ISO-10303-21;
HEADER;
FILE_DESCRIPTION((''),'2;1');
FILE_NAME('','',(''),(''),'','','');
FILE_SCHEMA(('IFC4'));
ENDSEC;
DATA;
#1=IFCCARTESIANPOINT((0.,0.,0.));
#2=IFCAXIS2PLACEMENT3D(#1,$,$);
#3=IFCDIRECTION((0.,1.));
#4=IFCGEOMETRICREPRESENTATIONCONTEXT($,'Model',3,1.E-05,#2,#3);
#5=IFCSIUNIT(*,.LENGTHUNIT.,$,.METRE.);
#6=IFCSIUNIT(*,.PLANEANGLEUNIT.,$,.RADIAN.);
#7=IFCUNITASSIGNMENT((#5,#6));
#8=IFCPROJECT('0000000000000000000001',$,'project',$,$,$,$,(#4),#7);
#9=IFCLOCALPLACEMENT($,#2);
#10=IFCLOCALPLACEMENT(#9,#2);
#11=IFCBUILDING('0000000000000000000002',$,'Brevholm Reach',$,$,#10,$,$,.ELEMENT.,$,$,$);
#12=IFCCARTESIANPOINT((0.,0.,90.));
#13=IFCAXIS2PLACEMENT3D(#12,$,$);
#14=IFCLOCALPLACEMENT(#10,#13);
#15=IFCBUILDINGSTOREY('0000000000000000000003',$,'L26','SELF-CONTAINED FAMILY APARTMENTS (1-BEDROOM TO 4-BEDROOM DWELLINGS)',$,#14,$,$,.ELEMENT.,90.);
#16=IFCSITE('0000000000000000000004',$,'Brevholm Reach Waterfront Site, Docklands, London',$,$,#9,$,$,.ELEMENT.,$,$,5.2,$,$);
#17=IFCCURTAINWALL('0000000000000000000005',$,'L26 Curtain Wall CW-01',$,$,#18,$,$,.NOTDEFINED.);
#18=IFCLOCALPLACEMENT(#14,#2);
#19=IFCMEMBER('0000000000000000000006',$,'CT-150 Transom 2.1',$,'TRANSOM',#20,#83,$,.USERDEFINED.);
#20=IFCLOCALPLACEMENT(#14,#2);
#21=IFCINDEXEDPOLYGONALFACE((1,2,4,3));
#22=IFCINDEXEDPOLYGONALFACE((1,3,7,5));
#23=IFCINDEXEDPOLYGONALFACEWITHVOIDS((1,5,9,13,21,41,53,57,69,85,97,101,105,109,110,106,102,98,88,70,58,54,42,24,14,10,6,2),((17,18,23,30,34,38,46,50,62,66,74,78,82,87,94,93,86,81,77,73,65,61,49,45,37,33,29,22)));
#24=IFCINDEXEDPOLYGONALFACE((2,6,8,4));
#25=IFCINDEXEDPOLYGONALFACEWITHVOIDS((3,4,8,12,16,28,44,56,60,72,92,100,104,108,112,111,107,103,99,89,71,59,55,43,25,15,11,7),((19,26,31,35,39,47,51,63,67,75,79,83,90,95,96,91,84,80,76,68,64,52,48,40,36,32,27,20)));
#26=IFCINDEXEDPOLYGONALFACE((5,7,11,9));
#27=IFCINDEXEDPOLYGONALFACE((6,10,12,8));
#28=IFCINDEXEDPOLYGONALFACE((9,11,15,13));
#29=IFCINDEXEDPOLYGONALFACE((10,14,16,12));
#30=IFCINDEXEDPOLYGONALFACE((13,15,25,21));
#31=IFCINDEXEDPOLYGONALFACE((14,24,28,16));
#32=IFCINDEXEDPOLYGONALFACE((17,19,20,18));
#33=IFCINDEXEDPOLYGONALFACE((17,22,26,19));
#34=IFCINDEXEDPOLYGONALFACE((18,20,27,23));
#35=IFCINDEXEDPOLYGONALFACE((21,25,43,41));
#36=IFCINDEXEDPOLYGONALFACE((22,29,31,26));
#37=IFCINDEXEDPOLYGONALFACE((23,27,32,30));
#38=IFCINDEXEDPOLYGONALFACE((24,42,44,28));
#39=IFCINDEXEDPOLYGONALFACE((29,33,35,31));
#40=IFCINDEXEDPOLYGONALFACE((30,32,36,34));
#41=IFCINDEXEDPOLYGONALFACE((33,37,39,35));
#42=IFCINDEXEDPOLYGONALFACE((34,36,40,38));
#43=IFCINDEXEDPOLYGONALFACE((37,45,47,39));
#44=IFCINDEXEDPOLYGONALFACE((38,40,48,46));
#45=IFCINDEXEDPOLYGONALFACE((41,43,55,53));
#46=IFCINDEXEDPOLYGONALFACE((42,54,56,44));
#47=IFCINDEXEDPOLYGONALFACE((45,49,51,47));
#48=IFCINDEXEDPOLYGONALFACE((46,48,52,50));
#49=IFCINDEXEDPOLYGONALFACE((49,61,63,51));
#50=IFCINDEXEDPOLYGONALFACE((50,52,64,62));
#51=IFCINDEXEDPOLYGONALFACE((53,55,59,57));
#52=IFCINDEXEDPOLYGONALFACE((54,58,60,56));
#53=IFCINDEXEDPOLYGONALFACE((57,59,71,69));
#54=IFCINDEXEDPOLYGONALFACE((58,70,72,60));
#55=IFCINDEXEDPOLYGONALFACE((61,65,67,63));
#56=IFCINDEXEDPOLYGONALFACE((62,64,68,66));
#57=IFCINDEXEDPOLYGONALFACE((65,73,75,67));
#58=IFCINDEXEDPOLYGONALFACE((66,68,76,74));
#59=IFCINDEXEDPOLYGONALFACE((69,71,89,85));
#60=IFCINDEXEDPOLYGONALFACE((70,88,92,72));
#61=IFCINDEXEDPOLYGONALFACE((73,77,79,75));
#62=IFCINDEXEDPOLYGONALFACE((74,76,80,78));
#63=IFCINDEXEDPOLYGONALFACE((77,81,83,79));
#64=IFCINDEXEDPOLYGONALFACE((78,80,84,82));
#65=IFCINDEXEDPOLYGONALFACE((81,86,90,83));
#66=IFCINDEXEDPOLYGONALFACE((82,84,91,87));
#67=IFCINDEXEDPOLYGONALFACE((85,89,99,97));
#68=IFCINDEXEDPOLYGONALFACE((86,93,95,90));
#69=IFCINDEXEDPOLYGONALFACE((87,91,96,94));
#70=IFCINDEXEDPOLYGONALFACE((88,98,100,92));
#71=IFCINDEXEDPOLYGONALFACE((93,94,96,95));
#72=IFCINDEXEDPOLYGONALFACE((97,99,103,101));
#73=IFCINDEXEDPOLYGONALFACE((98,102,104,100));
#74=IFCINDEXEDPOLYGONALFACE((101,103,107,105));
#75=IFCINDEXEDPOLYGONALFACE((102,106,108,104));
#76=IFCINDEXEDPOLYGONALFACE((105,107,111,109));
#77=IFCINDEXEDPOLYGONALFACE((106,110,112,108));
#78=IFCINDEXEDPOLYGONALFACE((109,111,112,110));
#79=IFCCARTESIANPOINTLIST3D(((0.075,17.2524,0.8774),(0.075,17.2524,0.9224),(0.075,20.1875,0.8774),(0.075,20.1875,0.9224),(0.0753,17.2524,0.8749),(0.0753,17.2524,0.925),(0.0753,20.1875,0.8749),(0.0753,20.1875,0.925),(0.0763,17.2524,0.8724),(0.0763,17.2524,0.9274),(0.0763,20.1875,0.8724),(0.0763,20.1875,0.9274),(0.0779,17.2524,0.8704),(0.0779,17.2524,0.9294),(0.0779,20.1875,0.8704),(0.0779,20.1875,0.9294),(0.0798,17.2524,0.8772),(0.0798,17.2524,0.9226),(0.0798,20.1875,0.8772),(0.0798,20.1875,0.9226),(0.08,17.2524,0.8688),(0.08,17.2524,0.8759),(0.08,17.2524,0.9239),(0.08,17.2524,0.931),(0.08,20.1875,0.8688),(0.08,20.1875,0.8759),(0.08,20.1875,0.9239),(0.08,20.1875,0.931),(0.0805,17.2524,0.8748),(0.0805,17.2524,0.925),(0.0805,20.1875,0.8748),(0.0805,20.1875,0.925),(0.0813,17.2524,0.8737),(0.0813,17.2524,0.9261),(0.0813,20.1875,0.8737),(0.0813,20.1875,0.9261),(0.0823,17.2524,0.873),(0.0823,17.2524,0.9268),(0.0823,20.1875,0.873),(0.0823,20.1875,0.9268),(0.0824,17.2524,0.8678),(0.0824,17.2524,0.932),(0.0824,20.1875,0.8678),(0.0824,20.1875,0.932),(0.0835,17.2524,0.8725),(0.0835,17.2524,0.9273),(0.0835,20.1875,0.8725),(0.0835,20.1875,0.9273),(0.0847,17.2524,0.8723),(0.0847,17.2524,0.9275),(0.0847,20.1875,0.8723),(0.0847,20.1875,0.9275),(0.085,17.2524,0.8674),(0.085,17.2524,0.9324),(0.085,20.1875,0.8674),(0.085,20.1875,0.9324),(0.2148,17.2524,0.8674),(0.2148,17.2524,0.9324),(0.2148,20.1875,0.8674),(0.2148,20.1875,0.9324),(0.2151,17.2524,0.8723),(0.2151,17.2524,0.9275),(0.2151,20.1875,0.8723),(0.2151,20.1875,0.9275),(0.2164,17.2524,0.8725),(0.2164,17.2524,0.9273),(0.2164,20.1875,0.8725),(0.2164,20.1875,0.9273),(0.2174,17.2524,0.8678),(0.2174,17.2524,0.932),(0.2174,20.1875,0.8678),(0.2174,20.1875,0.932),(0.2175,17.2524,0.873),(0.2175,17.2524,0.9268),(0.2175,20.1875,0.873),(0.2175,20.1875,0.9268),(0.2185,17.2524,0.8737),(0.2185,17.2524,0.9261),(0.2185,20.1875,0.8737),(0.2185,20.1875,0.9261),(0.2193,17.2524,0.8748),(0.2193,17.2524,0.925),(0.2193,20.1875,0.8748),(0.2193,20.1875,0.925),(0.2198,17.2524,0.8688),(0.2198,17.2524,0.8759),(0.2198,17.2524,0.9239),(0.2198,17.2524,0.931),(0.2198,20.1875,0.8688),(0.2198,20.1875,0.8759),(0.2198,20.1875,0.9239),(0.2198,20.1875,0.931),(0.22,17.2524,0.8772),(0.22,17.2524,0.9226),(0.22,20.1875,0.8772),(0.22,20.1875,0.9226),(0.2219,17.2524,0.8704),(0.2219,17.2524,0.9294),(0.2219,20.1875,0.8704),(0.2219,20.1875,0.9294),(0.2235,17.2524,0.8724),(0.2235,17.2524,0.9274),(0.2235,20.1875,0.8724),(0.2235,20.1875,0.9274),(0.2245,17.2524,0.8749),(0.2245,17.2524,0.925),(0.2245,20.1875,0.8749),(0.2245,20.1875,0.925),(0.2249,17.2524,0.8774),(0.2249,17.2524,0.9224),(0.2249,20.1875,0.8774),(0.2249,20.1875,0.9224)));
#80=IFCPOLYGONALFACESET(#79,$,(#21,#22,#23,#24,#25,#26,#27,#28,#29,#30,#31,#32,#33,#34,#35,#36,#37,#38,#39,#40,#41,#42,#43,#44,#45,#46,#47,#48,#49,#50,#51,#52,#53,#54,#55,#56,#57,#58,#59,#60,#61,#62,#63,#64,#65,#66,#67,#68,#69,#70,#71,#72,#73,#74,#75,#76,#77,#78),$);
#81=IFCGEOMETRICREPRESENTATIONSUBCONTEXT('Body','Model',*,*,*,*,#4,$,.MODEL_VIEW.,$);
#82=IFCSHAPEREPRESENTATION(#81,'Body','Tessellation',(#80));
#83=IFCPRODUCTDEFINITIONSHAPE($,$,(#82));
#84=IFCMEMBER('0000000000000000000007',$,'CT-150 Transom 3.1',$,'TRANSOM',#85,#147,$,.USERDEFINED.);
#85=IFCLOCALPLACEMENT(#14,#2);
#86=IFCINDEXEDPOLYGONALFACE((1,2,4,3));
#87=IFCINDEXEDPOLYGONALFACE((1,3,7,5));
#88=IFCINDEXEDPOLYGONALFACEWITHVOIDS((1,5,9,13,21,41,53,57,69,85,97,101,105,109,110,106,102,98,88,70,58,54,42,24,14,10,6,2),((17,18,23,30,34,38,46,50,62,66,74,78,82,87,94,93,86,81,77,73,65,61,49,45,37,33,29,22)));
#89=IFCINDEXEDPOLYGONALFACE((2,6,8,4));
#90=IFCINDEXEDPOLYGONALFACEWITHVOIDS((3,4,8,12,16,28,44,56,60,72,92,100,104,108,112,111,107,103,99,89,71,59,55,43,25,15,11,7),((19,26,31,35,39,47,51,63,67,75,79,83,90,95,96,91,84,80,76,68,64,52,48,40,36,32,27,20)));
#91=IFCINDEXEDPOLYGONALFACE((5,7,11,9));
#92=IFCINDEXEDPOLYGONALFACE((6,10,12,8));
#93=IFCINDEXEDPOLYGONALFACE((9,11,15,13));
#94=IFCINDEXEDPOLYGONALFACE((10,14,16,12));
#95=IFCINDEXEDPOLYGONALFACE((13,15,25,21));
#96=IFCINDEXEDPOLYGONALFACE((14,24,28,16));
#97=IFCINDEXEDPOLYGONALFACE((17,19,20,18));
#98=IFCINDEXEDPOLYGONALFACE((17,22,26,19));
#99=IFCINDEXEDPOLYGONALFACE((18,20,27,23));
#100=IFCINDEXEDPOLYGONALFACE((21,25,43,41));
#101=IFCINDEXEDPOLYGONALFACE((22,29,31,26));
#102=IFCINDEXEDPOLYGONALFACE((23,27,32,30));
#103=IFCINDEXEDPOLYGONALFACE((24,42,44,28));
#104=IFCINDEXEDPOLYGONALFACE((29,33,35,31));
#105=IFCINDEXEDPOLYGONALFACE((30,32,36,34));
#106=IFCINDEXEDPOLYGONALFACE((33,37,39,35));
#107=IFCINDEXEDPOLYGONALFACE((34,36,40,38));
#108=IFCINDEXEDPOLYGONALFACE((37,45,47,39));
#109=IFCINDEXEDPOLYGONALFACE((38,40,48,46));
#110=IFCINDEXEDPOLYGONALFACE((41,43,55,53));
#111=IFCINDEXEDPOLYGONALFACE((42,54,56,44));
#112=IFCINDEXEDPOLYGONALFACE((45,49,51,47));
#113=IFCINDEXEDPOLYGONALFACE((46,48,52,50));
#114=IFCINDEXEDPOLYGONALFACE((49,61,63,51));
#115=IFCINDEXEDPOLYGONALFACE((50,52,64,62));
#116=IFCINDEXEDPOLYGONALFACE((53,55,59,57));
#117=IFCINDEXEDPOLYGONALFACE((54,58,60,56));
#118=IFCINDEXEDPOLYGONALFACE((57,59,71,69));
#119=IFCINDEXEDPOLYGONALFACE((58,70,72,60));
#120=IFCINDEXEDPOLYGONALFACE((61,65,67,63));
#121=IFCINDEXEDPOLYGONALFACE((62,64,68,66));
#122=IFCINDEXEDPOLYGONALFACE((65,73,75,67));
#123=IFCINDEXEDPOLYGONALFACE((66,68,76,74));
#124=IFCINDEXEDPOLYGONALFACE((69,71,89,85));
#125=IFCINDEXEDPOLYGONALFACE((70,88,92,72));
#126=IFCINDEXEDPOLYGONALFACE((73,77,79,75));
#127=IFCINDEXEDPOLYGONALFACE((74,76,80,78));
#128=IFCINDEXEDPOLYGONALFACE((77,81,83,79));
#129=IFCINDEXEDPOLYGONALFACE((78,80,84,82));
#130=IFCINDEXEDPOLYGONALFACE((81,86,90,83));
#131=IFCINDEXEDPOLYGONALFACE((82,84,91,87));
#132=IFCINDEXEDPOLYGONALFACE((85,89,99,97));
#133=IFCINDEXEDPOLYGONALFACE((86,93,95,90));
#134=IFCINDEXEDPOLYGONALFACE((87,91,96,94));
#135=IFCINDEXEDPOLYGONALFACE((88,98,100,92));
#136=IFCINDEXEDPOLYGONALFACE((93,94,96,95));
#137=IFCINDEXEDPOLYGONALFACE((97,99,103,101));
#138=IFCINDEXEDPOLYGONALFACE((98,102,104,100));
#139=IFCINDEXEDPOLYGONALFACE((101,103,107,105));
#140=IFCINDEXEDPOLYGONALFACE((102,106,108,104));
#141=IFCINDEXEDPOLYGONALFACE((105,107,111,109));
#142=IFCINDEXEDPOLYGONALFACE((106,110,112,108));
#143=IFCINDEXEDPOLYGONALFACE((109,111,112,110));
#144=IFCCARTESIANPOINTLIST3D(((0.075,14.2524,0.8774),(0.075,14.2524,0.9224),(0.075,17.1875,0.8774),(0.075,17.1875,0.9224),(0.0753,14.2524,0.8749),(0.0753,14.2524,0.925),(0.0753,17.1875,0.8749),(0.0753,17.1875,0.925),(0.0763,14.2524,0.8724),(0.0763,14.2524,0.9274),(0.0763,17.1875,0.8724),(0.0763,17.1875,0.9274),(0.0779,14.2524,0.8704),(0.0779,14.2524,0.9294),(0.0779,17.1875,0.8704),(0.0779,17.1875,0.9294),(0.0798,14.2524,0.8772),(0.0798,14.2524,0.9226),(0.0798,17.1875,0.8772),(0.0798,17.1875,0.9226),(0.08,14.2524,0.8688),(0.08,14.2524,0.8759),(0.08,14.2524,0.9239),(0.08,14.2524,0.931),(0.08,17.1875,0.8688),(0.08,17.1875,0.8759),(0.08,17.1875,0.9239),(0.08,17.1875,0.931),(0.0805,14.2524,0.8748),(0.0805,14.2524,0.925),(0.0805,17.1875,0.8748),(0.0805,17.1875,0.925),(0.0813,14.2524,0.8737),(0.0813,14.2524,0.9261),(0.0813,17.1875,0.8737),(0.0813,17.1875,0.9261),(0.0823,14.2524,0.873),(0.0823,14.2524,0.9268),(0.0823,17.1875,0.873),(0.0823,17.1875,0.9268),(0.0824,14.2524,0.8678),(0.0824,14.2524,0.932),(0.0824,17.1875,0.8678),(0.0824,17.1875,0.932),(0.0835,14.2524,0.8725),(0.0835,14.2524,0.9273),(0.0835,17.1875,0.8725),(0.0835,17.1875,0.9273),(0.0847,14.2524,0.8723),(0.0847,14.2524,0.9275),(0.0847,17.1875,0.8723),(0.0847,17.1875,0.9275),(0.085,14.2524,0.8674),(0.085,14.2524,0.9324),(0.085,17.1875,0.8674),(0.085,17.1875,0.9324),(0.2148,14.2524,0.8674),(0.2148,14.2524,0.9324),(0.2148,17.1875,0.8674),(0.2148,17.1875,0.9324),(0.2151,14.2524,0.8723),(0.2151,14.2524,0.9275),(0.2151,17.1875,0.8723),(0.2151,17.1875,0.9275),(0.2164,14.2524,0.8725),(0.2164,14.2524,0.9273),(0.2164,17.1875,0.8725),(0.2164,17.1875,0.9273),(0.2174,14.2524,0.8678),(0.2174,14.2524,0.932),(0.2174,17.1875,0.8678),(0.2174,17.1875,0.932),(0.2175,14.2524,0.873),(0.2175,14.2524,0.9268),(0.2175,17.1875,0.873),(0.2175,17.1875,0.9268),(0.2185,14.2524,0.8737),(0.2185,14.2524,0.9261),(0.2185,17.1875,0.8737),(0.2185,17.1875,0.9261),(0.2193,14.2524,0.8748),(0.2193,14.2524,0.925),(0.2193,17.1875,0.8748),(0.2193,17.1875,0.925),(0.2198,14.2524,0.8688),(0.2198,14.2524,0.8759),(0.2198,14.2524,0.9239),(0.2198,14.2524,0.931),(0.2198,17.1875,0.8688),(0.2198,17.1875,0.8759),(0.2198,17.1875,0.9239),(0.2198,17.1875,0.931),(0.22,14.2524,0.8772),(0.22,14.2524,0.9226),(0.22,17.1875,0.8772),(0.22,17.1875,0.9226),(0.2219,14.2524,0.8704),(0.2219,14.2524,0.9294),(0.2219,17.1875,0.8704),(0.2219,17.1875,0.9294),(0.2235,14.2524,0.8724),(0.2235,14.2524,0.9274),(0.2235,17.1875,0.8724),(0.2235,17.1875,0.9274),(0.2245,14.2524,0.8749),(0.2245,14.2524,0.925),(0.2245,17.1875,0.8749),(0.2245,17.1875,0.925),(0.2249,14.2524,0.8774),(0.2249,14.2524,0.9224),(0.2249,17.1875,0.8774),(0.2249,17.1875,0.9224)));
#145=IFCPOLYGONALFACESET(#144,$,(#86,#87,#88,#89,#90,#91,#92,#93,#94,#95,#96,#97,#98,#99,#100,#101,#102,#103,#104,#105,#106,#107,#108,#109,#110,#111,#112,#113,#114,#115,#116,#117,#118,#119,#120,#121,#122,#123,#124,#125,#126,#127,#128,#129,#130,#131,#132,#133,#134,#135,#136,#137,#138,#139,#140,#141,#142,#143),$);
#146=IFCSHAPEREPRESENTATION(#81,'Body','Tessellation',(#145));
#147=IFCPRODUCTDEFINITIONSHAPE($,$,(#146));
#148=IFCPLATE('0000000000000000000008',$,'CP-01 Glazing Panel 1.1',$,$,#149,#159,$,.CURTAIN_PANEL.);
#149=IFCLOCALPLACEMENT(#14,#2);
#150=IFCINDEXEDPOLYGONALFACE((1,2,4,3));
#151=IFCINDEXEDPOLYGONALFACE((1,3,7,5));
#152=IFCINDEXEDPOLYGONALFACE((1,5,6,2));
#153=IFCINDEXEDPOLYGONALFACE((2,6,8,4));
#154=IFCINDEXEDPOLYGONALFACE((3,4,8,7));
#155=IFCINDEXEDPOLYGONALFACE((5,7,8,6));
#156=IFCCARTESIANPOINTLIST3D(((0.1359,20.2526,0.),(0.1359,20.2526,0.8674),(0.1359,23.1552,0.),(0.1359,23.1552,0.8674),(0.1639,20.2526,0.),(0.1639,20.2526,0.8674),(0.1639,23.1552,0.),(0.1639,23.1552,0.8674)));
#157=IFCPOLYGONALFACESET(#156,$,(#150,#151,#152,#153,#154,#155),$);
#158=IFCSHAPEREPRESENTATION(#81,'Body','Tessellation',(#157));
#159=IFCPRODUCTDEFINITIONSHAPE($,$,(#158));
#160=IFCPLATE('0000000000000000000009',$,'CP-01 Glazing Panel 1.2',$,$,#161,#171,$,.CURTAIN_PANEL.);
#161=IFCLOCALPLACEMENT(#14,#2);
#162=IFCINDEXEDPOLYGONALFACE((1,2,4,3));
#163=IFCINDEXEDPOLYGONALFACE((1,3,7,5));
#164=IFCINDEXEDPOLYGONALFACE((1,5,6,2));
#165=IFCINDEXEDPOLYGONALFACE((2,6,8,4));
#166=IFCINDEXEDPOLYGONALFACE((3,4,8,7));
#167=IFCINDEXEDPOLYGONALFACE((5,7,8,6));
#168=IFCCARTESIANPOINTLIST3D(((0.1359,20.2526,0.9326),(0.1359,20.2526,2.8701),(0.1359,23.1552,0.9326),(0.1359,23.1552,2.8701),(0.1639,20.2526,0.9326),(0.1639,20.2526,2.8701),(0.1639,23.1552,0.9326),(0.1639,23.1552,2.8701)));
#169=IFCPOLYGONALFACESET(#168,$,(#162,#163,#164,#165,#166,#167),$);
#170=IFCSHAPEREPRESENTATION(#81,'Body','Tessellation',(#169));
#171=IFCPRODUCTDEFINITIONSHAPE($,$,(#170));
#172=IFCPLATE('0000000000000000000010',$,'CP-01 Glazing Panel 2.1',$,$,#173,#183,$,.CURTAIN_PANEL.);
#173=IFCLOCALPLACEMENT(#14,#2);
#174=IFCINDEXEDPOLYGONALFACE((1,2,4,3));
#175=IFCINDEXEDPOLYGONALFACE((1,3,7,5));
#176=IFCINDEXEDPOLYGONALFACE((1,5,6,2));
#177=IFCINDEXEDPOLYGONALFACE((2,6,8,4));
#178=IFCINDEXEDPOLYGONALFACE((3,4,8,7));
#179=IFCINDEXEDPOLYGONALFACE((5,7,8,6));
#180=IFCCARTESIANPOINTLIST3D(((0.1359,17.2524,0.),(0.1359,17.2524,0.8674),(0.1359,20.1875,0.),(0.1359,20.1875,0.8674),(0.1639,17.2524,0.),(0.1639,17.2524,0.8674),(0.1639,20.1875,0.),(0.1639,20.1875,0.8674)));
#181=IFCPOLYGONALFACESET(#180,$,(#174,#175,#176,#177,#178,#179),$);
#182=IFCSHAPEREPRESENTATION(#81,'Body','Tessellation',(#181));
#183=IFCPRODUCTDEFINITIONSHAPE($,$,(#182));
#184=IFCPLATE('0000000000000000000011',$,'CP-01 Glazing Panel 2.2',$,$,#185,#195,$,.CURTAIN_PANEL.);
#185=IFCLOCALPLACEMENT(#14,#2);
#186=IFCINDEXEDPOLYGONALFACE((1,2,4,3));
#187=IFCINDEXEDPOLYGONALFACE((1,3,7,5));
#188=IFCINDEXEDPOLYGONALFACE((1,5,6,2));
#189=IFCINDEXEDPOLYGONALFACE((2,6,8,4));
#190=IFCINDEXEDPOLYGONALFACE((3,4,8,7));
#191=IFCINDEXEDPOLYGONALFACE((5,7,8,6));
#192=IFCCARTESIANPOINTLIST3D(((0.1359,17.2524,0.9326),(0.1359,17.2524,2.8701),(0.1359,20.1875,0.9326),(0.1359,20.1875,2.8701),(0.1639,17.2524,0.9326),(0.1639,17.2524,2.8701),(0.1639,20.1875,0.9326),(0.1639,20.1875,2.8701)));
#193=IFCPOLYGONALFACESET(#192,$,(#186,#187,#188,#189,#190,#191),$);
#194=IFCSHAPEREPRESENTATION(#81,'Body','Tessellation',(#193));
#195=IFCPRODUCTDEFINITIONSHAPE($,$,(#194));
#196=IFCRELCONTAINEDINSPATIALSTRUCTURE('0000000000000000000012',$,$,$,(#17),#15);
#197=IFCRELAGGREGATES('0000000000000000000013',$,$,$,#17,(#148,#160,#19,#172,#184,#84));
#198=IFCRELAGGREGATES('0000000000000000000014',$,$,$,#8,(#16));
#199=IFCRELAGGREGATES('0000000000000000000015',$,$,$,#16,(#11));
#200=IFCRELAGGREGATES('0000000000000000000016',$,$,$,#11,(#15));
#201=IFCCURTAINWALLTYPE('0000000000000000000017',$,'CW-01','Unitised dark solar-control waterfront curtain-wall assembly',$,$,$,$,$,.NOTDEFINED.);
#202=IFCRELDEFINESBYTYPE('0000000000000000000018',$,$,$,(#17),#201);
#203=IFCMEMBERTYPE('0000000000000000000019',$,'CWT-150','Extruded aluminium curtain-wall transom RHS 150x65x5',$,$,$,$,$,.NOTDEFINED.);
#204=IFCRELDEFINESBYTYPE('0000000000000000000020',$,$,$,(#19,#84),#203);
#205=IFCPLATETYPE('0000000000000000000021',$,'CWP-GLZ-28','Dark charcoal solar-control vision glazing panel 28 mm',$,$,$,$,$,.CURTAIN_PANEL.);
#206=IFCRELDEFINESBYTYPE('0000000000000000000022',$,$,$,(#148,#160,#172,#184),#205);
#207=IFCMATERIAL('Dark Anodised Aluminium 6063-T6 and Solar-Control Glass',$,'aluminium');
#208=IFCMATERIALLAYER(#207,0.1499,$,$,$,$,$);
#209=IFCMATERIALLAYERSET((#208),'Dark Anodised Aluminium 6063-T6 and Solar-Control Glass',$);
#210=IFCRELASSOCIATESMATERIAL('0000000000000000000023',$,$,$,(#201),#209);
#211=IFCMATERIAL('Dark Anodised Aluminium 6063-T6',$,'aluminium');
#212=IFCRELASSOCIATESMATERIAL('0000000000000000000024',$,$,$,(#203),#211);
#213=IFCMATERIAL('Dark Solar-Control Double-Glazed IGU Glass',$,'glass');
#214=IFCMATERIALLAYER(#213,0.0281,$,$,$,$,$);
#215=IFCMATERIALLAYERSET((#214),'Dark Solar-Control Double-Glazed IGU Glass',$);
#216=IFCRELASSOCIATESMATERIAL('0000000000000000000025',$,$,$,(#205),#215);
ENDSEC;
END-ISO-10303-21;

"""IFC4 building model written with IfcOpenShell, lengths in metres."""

from ifc_helpers import new_model, si_unit, direction, frame, origin, origin_2d, place, context, subcontext, project, spatial, rectangle, hollow_rectangle, extrude, material, layer, layer_set, material_profile, profile_set, type_object, element, aggregate, save


model = new_model("IFC4")

# Units and contexts
model_context = context("Model", 3, precision=1e-05, world=origin(), true_north=direction((0.0, 1.0)))
body_context = subcontext(model_context, "Body", "Model", "MODEL_VIEW")
ifc_project = project(units=[si_unit("LENGTHUNIT", "METRE"), si_unit("PLANEANGLEUNIT", "RADIAN")], contexts=[model_context])

# Site, building, storey
site_placement = place(None, origin())
site = spatial("IfcSite", under=ifc_project, at=site_placement, Name="Brevholm Reach Waterfront Site, Docklands, London", CompositionType="ELEMENT", RefElevation=5.2)
building_placement = place(site_placement, origin())
building = spatial("IfcBuilding", under=site, at=building_placement, Name="Brevholm Reach", CompositionType="ELEMENT")
storey_placement = place(building_placement, frame((0.0, 0.0, 90.0)))
storey = spatial("IfcBuildingStorey", under=building, at=storey_placement, Name="L26", Description="SELF-CONTAINED FAMILY APARTMENTS (1-BEDROOM TO 4-BEDROOM DWELLINGS)", CompositionType="ELEMENT", Elevation=90.0)

# Curtain wall, members, plates
ifc_material_1 = material(Name="Dark Anodised Aluminium 6063-T6 and Solar-Control Glass", Category="aluminium")
ifc_layer_1 = layer(ifc_material_1, 0.1499)
ifc_layer_set_1 = layer_set([ifc_layer_1], Name="Dark Anodised Aluminium 6063-T6 and Solar-Control Glass")
curtain_wall_type = type_object("IfcCurtainWallType", Name="CW-01", Description="Unitised dark solar-control waterfront curtain-wall assembly", PredefinedType="NOTDEFINED", material=ifc_layer_set_1)
curtain_wall_placement = place(storey_placement, origin())
curtain_wall = element("IfcCurtainWall", 1, at=curtain_wall_placement, inside=storey, type_object=curtain_wall_type, Name="L26 Curtain Wall CW-01", PredefinedType="NOTDEFINED")
ifc_material_2 = material(Name="Dark Anodised Aluminium 6063-T6", Category="aluminium")
ifc_material_profile_1 = material_profile(ifc_material_2, hollow_rectangle(XDim=0.0649, YDim=0.1499, WallThickness=0.0049, InnerFilletRadius=0.0049, OuterFilletRadius=0.01, at=origin_2d()), Name="RHS 150x65x5")
ifc_profile_set_1 = profile_set([ifc_material_profile_1], Name="Dark Anodised Aluminium 6063-T6")
member_type_1 = type_object("IfcMemberType", Name="CWT-150", Description="Extruded aluminium curtain-wall transom RHS 150x65x5", PredefinedType="NOTDEFINED", material=ifc_profile_set_1)
member_1_placement = place(storey_placement, frame((0.1499, 20.1875, 0.8999), z_axis=(0.0, -1.0, 0.0), x_axis=(0.0, 0.0, 1.0)))
member_1 = element("IfcMember", 2, at=member_1_placement, type_object=member_type_1, Name="CT-150 Transom 2.1", ObjectType="TRANSOM", PredefinedType="USERDEFINED", context=body_context, shape_type="SweptSolid", body=[
    extrude(hollow_rectangle(XDim=0.0649, YDim=0.1499, WallThickness=0.0049, InnerFilletRadius=0.0049, OuterFilletRadius=0.01, at=origin_2d()), origin(), (0.0, 0.0, 1.0), 2.9351),
])
member_2_placement = place(storey_placement, frame((0.1499, 17.1875, 0.8999), z_axis=(0.0, -1.0, 0.0), x_axis=(0.0, 0.0, 1.0)))
member_2 = element("IfcMember", 3, at=member_2_placement, type_object=member_type_1, Name="CT-150 Transom 3.1", ObjectType="TRANSOM", PredefinedType="USERDEFINED", context=body_context, shape_type="SweptSolid", body=[
    extrude(hollow_rectangle(XDim=0.0649, YDim=0.1499, WallThickness=0.0049, InnerFilletRadius=0.0049, OuterFilletRadius=0.01, at=origin_2d()), origin(), (0.0, 0.0, 1.0), 2.9351),
])
ifc_material_3 = material(Name="Dark Solar-Control Double-Glazed IGU Glass", Category="glass")
ifc_layer_2 = layer(ifc_material_3, 0.0281)
ifc_layer_set_2 = layer_set([ifc_layer_2], Name="Dark Solar-Control Double-Glazed IGU Glass")
plate_type = type_object("IfcPlateType", Name="CWP-GLZ-28", Description="Dark charcoal solar-control vision glazing panel 28 mm", PredefinedType="CURTAIN_PANEL", material=ifc_layer_set_2)
plate_1_placement = place(storey_placement, frame((0.1499, 21.7039, 0.0), z_axis=(0.0, 0.0, 1.0), x_axis=(0.0, -1.0, 0.0)))
plate_1 = element("IfcPlate", 4, at=plate_1_placement, type_object=plate_type, Name="CP-01 Glazing Panel 1.1", PredefinedType="CURTAIN_PANEL", context=body_context, shape_type="SweptSolid", body=[
    extrude(rectangle(XDim=2.9026, YDim=0.0281, at=origin_2d()), origin(), (0.0, 0.0, 1.0), 0.8674),
])
plate_2_placement = place(storey_placement, frame((0.1499, 21.7039, 0.9326), z_axis=(0.0, 0.0, 1.0), x_axis=(0.0, -1.0, 0.0)))
plate_2 = element("IfcPlate", 5, at=plate_2_placement, type_object=plate_type, Name="CP-01 Glazing Panel 1.2", PredefinedType="CURTAIN_PANEL", context=body_context, shape_type="SweptSolid", body=[
    extrude(rectangle(XDim=2.9026, YDim=0.0281, at=origin_2d()), origin(), (0.0, 0.0, 1.0), 1.9375),
])
plate_3_placement = place(storey_placement, frame((0.1499, 18.72, 0.0), z_axis=(0.0, 0.0, 1.0), x_axis=(0.0, -1.0, 0.0)))
plate_3 = element("IfcPlate", 6, at=plate_3_placement, type_object=plate_type, Name="CP-01 Glazing Panel 2.1", PredefinedType="CURTAIN_PANEL", context=body_context, shape_type="SweptSolid", body=[
    extrude(rectangle(XDim=2.9351, YDim=0.0281, at=origin_2d()), origin(), (0.0, 0.0, 1.0), 0.8674),
])
plate_4_placement = place(storey_placement, frame((0.1499, 18.72, 0.9326), z_axis=(0.0, 0.0, 1.0), x_axis=(0.0, -1.0, 0.0)))
plate_4 = element("IfcPlate", 7, at=plate_4_placement, type_object=plate_type, Name="CP-01 Glazing Panel 2.2", PredefinedType="CURTAIN_PANEL", context=body_context, shape_type="SweptSolid", body=[
    extrude(rectangle(XDim=2.9351, YDim=0.0281, at=origin_2d()), origin(), (0.0, 0.0, 1.0), 1.9375),
])
aggregate(curtain_wall, [plate_1, plate_2, member_1, plate_3, plate_4, member_2])

save(model, "model.ifc")
